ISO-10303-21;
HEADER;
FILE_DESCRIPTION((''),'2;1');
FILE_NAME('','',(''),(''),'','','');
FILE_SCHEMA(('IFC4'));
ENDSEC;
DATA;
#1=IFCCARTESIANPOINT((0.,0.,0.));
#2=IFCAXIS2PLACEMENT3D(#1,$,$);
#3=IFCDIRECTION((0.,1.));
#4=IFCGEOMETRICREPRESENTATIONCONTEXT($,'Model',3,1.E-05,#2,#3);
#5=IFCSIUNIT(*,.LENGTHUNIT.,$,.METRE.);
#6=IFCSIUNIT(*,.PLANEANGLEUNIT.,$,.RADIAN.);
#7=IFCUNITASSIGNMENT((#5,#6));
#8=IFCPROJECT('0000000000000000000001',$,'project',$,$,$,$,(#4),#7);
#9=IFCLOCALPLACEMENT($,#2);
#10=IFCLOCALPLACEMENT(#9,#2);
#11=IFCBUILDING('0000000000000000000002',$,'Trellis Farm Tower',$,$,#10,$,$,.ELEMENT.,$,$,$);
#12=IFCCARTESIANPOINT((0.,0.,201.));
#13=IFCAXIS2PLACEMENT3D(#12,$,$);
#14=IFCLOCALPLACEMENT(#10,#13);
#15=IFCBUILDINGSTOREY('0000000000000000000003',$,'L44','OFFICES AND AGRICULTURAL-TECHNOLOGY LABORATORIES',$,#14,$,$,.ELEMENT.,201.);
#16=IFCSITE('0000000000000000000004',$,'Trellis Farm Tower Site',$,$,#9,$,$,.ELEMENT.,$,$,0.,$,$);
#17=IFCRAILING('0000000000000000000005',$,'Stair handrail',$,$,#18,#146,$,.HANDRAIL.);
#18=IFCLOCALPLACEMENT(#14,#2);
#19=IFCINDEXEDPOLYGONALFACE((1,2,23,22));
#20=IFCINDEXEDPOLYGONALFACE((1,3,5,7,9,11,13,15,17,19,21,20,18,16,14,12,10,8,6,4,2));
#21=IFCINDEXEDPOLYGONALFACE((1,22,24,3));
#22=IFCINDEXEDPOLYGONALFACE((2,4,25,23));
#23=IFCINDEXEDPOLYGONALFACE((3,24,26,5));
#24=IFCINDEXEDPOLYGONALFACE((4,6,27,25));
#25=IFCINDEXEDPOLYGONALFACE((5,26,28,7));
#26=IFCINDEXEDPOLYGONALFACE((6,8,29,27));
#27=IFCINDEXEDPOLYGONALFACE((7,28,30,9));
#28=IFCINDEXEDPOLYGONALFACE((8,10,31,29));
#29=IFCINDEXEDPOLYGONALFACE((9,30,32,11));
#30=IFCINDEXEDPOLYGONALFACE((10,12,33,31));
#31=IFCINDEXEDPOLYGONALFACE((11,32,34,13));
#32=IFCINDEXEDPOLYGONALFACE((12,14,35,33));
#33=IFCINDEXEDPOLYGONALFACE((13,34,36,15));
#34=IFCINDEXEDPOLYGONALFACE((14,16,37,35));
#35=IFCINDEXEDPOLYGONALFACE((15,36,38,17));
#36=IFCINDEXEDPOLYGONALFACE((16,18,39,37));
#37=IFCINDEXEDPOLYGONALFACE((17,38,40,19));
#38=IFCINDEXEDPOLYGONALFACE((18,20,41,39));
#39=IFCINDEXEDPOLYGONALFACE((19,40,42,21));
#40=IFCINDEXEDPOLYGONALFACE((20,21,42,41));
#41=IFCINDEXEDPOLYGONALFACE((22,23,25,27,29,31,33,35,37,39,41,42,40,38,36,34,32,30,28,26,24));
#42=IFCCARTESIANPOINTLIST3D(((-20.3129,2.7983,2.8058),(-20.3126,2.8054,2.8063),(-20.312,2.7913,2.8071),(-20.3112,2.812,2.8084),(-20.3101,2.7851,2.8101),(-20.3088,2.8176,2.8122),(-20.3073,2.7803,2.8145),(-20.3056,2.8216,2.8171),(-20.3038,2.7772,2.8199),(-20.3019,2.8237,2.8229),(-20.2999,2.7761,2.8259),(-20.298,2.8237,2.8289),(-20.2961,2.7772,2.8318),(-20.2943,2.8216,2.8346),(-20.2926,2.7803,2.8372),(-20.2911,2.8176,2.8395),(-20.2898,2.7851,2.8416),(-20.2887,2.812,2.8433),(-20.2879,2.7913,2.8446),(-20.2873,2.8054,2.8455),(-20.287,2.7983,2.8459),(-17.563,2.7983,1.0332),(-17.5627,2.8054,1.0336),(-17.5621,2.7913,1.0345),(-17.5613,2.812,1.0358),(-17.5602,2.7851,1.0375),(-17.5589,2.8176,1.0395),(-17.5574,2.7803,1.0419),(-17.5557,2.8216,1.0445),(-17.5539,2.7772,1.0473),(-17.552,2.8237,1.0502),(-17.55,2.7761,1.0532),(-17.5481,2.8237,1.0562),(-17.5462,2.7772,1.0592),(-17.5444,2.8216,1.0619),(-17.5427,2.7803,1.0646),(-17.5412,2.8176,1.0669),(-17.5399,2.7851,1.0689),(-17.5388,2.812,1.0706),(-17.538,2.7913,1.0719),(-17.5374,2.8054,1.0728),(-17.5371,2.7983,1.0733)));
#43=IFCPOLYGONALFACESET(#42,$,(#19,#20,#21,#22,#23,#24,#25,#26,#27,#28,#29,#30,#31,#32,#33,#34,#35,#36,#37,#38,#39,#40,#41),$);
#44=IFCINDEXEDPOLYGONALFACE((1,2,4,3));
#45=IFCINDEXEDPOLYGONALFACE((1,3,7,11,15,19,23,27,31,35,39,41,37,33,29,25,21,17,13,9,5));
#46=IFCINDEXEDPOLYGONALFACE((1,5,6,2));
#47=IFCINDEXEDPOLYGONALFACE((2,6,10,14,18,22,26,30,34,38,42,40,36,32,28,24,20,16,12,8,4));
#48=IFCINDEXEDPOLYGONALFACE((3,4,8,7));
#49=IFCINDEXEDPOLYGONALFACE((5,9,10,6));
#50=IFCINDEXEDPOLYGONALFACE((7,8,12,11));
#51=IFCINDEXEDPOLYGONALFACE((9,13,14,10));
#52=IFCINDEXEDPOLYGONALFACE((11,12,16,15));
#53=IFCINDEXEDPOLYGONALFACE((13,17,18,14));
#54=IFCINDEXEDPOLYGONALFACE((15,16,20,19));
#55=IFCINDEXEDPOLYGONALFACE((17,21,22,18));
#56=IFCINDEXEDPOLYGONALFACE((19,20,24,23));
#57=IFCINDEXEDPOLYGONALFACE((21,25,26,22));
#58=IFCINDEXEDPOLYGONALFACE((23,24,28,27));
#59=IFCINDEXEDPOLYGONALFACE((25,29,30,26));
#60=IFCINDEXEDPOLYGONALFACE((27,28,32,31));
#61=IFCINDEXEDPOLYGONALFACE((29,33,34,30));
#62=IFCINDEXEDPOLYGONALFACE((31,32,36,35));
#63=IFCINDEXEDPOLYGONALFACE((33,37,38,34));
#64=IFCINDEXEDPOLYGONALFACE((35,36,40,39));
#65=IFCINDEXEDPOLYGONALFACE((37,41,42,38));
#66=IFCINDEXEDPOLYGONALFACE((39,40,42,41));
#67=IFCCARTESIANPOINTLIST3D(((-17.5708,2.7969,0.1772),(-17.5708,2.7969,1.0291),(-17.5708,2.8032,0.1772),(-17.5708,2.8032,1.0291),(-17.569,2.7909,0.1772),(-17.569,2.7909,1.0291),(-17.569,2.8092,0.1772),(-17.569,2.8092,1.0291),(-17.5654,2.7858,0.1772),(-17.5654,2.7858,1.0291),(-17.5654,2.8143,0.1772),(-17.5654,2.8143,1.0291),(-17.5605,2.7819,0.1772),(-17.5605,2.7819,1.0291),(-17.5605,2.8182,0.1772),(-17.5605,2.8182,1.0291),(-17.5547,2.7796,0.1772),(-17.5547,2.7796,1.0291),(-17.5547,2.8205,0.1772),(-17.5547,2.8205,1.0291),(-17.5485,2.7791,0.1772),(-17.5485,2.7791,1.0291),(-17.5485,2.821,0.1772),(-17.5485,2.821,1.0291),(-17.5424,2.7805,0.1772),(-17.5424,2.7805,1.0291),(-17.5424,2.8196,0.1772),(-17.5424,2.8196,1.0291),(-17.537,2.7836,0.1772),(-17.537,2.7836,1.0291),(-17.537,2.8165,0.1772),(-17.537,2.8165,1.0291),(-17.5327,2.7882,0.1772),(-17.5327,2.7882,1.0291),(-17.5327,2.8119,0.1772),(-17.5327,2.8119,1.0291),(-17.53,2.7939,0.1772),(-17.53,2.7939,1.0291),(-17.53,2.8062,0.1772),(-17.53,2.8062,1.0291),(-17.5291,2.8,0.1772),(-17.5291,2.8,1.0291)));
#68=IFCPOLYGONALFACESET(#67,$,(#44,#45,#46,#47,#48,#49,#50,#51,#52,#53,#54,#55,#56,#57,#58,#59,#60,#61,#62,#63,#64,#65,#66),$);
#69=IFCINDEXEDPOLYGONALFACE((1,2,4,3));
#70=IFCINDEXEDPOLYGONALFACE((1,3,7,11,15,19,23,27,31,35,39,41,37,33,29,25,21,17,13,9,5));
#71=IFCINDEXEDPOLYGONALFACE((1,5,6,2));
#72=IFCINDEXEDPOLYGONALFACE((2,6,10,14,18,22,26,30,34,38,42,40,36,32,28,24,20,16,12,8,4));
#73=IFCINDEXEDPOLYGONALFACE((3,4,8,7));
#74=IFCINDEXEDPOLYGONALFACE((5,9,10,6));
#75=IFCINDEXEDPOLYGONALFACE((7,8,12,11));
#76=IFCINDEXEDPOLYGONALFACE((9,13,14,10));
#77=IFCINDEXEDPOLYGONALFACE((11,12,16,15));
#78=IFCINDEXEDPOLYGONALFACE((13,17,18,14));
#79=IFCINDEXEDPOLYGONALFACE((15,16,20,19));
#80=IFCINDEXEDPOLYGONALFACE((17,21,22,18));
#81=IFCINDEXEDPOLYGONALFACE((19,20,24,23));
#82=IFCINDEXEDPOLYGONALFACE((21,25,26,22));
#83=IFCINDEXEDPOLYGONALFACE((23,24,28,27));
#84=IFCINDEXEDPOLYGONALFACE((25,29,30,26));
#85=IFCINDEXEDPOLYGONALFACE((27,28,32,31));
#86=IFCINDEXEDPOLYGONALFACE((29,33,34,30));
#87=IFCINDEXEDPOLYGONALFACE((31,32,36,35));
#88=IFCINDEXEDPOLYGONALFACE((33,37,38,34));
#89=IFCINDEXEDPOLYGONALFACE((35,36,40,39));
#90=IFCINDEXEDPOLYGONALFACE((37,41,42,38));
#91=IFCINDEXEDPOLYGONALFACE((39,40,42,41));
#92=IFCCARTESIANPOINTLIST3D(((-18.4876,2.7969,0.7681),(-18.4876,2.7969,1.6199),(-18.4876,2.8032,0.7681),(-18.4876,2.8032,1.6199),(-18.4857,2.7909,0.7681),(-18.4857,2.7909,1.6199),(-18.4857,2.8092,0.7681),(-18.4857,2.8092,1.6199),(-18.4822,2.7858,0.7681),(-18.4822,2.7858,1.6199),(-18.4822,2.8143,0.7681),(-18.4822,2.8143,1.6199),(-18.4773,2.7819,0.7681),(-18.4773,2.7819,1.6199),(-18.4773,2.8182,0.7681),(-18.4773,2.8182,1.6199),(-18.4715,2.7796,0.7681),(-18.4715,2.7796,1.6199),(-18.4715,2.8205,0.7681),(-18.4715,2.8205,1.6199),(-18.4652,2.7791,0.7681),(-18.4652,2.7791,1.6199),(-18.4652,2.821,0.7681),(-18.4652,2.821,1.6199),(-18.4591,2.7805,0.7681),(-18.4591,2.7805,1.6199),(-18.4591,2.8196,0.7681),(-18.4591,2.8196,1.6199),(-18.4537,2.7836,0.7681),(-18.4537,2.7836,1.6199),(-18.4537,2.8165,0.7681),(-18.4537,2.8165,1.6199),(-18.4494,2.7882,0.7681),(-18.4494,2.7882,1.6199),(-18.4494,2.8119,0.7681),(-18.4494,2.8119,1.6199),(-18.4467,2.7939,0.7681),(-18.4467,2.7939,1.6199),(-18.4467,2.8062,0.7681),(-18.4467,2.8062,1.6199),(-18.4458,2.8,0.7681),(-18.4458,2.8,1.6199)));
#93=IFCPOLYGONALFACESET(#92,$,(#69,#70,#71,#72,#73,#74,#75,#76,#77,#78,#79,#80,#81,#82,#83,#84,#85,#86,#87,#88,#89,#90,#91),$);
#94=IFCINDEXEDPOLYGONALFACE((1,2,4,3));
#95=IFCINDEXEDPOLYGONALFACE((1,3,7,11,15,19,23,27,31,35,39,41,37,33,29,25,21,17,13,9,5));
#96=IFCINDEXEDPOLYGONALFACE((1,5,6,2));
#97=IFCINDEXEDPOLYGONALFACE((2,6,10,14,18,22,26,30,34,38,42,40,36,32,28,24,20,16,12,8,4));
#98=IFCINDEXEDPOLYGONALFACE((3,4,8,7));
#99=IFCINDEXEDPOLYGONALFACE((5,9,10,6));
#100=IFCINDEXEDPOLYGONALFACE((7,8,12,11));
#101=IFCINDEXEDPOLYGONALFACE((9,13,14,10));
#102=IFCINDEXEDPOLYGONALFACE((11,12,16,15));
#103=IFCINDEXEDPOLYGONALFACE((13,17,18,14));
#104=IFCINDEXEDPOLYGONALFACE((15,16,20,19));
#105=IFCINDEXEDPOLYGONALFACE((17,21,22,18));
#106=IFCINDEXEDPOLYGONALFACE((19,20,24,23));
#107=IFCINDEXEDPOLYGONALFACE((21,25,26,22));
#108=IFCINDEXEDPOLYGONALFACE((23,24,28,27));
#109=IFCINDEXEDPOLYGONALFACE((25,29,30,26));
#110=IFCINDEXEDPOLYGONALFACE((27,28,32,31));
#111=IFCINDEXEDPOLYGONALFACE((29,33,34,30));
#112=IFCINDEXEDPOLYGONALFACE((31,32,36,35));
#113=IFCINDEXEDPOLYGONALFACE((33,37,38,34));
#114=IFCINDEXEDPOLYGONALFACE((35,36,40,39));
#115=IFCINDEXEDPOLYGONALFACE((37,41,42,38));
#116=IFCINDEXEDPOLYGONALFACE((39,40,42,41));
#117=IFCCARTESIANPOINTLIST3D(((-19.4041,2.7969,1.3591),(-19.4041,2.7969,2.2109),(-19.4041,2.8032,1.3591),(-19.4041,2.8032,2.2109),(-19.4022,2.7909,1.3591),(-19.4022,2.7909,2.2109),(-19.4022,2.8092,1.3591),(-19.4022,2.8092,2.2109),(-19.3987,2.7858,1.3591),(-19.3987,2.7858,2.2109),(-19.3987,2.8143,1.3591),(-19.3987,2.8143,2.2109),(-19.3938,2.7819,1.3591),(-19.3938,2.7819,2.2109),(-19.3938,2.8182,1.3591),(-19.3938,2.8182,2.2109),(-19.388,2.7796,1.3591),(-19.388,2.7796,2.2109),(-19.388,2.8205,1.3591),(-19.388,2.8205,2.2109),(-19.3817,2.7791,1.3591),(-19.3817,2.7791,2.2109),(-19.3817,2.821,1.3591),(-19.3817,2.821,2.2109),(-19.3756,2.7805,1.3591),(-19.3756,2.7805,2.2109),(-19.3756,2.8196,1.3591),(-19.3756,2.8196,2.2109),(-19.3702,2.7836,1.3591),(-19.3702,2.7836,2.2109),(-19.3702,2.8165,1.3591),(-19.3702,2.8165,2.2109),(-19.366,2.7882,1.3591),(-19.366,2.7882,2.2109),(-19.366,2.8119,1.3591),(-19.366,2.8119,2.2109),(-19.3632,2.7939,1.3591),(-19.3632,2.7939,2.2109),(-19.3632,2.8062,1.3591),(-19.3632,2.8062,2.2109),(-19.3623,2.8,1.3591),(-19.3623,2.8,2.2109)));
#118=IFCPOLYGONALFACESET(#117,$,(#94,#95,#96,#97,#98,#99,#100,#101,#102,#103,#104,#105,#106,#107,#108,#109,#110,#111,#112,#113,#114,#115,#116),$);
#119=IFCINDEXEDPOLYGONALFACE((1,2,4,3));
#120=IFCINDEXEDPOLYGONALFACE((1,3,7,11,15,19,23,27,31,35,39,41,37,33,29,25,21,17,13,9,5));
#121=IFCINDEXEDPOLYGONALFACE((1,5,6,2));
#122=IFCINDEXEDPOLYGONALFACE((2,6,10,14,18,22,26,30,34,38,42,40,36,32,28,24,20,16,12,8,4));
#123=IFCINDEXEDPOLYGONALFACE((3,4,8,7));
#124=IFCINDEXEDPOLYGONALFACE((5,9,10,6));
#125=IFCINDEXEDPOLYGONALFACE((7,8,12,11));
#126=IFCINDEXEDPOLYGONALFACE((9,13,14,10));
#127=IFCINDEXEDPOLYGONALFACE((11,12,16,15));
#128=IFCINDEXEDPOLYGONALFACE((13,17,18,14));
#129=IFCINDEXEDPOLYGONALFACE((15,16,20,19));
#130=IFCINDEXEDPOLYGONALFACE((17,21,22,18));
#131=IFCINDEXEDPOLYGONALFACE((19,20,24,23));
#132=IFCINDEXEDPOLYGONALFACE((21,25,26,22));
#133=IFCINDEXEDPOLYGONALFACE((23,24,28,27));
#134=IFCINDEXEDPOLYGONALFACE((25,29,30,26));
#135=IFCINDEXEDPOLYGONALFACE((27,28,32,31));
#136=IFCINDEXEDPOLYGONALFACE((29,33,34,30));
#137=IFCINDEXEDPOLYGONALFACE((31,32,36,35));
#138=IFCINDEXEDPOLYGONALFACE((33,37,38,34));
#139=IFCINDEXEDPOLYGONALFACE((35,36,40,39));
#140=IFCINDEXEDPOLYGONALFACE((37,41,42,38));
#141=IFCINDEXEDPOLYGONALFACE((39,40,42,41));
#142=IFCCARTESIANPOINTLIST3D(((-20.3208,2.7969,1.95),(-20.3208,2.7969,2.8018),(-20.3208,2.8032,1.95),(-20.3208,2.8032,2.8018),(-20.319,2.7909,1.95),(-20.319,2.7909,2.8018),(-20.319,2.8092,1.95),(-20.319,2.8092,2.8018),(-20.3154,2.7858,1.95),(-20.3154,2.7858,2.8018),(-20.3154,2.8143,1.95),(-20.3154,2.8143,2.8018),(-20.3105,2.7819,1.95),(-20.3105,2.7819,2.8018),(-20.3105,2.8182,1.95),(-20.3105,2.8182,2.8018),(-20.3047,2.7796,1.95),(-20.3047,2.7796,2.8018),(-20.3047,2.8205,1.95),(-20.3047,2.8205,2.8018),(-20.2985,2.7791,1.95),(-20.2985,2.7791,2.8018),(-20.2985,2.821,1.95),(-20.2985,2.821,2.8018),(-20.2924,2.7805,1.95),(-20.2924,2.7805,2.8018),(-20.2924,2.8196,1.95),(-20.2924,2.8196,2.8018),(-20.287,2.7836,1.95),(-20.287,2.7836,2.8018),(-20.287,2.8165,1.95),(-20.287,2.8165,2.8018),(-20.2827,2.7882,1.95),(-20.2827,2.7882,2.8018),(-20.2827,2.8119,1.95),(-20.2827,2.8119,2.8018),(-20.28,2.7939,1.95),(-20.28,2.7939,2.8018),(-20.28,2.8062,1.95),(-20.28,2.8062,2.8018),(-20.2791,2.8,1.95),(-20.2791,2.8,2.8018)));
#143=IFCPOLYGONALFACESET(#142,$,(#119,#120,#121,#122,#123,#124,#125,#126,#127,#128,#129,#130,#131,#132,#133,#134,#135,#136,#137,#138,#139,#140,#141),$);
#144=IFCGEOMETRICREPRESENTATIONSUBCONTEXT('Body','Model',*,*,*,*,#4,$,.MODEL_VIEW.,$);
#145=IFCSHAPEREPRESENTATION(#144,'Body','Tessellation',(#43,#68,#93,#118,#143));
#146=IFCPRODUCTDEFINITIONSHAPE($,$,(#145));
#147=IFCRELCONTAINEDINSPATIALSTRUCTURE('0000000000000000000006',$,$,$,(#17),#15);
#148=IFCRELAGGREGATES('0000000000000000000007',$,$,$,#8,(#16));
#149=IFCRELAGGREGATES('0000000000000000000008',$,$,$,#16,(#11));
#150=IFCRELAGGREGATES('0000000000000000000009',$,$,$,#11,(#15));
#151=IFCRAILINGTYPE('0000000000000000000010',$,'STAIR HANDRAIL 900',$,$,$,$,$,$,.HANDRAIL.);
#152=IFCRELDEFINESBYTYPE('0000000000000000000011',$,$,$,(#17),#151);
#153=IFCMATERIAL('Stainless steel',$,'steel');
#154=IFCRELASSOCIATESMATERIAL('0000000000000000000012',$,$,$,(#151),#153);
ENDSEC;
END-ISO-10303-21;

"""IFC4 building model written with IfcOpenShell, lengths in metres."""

from ifc_helpers import new_model, si_unit, direction, frame, origin, origin_2d, place, context, subcontext, project, spatial, circle, extrude, source, transform, mapped, material, type_object, element, save


model = new_model("IFC4")

# Units and contexts
model_context = context("Model", 3, precision=1e-05, world=origin(), true_north=direction((0.0, 1.0)))
body_context = subcontext(model_context, "Body", "Model", "MODEL_VIEW")
ifc_project = project(units=[si_unit("LENGTHUNIT", "METRE"), si_unit("PLANEANGLEUNIT", "RADIAN")], contexts=[model_context])

# Site, building, storey
site_placement = place(None, origin())
site = spatial("IfcSite", under=ifc_project, at=site_placement, Name="Trellis Farm Tower Site", CompositionType="ELEMENT", RefElevation=0.0)
building_placement = place(site_placement, origin())
building = spatial("IfcBuilding", under=site, at=building_placement, Name="Trellis Farm Tower", CompositionType="ELEMENT")
storey_placement = place(building_placement, frame((0.0, 0.0, 201.0)))
storey = spatial("IfcBuildingStorey", under=building, at=storey_placement, Name="L44", Description="OFFICES AND AGRICULTURAL-TECHNOLOGY LABORATORIES", CompositionType="ELEMENT", Elevation=201.0)

# Railing
ifc_material_1 = material(Name="Stainless steel", Category="steel")
railing_type = type_object("IfcRailingType", Name="STAIR HANDRAIL 900", PredefinedType="HANDRAIL", material=ifc_material_1)
shared_shape_1 = source(origin(), body_context, "Body", "SweptSolid", [
    extrude(circle(Radius=0.0239, at=origin_2d()), frame((0.0, 0.0, 0.876), z_axis=(-0.840504, 0.0, 0.541806), x_axis=(0.0, -1.0, 0.0)), (0.0, 0.0, 1.0), 3.2717),
    extrude(circle(Radius=0.021, at=origin_2d()), origin(), (0.0, 0.0, 1.0), 0.8518),
    extrude(circle(Radius=0.021, at=origin_2d()), frame((-0.9167, 0.0, 0.5908)), (0.0, 0.0, 1.0), 0.8518),
    extrude(circle(Radius=0.021, at=origin_2d()), frame((-1.8333, 0.0, 1.1819)), (0.0, 0.0, 1.0), 0.8518),
    extrude(circle(Radius=0.021, at=origin_2d()), frame((-2.75, 0.0, 1.7727)), (0.0, 0.0, 1.0), 0.8518),
])
for number, where, name in (
    (1, (-17.55, 2.8, 0.1772), "Stair handrail"),
):
    element("IfcRailing", number, at=place(storey_placement, frame(where)), inside=storey, type_object=railing_type, Name=name, PredefinedType="HANDRAIL", context=body_context, shape_type="MappedRepresentation", body=[
        mapped(shared_shape_1, transform((0.0, 0.0, 0.0))),
    ])

save(model, "model.ifc")
